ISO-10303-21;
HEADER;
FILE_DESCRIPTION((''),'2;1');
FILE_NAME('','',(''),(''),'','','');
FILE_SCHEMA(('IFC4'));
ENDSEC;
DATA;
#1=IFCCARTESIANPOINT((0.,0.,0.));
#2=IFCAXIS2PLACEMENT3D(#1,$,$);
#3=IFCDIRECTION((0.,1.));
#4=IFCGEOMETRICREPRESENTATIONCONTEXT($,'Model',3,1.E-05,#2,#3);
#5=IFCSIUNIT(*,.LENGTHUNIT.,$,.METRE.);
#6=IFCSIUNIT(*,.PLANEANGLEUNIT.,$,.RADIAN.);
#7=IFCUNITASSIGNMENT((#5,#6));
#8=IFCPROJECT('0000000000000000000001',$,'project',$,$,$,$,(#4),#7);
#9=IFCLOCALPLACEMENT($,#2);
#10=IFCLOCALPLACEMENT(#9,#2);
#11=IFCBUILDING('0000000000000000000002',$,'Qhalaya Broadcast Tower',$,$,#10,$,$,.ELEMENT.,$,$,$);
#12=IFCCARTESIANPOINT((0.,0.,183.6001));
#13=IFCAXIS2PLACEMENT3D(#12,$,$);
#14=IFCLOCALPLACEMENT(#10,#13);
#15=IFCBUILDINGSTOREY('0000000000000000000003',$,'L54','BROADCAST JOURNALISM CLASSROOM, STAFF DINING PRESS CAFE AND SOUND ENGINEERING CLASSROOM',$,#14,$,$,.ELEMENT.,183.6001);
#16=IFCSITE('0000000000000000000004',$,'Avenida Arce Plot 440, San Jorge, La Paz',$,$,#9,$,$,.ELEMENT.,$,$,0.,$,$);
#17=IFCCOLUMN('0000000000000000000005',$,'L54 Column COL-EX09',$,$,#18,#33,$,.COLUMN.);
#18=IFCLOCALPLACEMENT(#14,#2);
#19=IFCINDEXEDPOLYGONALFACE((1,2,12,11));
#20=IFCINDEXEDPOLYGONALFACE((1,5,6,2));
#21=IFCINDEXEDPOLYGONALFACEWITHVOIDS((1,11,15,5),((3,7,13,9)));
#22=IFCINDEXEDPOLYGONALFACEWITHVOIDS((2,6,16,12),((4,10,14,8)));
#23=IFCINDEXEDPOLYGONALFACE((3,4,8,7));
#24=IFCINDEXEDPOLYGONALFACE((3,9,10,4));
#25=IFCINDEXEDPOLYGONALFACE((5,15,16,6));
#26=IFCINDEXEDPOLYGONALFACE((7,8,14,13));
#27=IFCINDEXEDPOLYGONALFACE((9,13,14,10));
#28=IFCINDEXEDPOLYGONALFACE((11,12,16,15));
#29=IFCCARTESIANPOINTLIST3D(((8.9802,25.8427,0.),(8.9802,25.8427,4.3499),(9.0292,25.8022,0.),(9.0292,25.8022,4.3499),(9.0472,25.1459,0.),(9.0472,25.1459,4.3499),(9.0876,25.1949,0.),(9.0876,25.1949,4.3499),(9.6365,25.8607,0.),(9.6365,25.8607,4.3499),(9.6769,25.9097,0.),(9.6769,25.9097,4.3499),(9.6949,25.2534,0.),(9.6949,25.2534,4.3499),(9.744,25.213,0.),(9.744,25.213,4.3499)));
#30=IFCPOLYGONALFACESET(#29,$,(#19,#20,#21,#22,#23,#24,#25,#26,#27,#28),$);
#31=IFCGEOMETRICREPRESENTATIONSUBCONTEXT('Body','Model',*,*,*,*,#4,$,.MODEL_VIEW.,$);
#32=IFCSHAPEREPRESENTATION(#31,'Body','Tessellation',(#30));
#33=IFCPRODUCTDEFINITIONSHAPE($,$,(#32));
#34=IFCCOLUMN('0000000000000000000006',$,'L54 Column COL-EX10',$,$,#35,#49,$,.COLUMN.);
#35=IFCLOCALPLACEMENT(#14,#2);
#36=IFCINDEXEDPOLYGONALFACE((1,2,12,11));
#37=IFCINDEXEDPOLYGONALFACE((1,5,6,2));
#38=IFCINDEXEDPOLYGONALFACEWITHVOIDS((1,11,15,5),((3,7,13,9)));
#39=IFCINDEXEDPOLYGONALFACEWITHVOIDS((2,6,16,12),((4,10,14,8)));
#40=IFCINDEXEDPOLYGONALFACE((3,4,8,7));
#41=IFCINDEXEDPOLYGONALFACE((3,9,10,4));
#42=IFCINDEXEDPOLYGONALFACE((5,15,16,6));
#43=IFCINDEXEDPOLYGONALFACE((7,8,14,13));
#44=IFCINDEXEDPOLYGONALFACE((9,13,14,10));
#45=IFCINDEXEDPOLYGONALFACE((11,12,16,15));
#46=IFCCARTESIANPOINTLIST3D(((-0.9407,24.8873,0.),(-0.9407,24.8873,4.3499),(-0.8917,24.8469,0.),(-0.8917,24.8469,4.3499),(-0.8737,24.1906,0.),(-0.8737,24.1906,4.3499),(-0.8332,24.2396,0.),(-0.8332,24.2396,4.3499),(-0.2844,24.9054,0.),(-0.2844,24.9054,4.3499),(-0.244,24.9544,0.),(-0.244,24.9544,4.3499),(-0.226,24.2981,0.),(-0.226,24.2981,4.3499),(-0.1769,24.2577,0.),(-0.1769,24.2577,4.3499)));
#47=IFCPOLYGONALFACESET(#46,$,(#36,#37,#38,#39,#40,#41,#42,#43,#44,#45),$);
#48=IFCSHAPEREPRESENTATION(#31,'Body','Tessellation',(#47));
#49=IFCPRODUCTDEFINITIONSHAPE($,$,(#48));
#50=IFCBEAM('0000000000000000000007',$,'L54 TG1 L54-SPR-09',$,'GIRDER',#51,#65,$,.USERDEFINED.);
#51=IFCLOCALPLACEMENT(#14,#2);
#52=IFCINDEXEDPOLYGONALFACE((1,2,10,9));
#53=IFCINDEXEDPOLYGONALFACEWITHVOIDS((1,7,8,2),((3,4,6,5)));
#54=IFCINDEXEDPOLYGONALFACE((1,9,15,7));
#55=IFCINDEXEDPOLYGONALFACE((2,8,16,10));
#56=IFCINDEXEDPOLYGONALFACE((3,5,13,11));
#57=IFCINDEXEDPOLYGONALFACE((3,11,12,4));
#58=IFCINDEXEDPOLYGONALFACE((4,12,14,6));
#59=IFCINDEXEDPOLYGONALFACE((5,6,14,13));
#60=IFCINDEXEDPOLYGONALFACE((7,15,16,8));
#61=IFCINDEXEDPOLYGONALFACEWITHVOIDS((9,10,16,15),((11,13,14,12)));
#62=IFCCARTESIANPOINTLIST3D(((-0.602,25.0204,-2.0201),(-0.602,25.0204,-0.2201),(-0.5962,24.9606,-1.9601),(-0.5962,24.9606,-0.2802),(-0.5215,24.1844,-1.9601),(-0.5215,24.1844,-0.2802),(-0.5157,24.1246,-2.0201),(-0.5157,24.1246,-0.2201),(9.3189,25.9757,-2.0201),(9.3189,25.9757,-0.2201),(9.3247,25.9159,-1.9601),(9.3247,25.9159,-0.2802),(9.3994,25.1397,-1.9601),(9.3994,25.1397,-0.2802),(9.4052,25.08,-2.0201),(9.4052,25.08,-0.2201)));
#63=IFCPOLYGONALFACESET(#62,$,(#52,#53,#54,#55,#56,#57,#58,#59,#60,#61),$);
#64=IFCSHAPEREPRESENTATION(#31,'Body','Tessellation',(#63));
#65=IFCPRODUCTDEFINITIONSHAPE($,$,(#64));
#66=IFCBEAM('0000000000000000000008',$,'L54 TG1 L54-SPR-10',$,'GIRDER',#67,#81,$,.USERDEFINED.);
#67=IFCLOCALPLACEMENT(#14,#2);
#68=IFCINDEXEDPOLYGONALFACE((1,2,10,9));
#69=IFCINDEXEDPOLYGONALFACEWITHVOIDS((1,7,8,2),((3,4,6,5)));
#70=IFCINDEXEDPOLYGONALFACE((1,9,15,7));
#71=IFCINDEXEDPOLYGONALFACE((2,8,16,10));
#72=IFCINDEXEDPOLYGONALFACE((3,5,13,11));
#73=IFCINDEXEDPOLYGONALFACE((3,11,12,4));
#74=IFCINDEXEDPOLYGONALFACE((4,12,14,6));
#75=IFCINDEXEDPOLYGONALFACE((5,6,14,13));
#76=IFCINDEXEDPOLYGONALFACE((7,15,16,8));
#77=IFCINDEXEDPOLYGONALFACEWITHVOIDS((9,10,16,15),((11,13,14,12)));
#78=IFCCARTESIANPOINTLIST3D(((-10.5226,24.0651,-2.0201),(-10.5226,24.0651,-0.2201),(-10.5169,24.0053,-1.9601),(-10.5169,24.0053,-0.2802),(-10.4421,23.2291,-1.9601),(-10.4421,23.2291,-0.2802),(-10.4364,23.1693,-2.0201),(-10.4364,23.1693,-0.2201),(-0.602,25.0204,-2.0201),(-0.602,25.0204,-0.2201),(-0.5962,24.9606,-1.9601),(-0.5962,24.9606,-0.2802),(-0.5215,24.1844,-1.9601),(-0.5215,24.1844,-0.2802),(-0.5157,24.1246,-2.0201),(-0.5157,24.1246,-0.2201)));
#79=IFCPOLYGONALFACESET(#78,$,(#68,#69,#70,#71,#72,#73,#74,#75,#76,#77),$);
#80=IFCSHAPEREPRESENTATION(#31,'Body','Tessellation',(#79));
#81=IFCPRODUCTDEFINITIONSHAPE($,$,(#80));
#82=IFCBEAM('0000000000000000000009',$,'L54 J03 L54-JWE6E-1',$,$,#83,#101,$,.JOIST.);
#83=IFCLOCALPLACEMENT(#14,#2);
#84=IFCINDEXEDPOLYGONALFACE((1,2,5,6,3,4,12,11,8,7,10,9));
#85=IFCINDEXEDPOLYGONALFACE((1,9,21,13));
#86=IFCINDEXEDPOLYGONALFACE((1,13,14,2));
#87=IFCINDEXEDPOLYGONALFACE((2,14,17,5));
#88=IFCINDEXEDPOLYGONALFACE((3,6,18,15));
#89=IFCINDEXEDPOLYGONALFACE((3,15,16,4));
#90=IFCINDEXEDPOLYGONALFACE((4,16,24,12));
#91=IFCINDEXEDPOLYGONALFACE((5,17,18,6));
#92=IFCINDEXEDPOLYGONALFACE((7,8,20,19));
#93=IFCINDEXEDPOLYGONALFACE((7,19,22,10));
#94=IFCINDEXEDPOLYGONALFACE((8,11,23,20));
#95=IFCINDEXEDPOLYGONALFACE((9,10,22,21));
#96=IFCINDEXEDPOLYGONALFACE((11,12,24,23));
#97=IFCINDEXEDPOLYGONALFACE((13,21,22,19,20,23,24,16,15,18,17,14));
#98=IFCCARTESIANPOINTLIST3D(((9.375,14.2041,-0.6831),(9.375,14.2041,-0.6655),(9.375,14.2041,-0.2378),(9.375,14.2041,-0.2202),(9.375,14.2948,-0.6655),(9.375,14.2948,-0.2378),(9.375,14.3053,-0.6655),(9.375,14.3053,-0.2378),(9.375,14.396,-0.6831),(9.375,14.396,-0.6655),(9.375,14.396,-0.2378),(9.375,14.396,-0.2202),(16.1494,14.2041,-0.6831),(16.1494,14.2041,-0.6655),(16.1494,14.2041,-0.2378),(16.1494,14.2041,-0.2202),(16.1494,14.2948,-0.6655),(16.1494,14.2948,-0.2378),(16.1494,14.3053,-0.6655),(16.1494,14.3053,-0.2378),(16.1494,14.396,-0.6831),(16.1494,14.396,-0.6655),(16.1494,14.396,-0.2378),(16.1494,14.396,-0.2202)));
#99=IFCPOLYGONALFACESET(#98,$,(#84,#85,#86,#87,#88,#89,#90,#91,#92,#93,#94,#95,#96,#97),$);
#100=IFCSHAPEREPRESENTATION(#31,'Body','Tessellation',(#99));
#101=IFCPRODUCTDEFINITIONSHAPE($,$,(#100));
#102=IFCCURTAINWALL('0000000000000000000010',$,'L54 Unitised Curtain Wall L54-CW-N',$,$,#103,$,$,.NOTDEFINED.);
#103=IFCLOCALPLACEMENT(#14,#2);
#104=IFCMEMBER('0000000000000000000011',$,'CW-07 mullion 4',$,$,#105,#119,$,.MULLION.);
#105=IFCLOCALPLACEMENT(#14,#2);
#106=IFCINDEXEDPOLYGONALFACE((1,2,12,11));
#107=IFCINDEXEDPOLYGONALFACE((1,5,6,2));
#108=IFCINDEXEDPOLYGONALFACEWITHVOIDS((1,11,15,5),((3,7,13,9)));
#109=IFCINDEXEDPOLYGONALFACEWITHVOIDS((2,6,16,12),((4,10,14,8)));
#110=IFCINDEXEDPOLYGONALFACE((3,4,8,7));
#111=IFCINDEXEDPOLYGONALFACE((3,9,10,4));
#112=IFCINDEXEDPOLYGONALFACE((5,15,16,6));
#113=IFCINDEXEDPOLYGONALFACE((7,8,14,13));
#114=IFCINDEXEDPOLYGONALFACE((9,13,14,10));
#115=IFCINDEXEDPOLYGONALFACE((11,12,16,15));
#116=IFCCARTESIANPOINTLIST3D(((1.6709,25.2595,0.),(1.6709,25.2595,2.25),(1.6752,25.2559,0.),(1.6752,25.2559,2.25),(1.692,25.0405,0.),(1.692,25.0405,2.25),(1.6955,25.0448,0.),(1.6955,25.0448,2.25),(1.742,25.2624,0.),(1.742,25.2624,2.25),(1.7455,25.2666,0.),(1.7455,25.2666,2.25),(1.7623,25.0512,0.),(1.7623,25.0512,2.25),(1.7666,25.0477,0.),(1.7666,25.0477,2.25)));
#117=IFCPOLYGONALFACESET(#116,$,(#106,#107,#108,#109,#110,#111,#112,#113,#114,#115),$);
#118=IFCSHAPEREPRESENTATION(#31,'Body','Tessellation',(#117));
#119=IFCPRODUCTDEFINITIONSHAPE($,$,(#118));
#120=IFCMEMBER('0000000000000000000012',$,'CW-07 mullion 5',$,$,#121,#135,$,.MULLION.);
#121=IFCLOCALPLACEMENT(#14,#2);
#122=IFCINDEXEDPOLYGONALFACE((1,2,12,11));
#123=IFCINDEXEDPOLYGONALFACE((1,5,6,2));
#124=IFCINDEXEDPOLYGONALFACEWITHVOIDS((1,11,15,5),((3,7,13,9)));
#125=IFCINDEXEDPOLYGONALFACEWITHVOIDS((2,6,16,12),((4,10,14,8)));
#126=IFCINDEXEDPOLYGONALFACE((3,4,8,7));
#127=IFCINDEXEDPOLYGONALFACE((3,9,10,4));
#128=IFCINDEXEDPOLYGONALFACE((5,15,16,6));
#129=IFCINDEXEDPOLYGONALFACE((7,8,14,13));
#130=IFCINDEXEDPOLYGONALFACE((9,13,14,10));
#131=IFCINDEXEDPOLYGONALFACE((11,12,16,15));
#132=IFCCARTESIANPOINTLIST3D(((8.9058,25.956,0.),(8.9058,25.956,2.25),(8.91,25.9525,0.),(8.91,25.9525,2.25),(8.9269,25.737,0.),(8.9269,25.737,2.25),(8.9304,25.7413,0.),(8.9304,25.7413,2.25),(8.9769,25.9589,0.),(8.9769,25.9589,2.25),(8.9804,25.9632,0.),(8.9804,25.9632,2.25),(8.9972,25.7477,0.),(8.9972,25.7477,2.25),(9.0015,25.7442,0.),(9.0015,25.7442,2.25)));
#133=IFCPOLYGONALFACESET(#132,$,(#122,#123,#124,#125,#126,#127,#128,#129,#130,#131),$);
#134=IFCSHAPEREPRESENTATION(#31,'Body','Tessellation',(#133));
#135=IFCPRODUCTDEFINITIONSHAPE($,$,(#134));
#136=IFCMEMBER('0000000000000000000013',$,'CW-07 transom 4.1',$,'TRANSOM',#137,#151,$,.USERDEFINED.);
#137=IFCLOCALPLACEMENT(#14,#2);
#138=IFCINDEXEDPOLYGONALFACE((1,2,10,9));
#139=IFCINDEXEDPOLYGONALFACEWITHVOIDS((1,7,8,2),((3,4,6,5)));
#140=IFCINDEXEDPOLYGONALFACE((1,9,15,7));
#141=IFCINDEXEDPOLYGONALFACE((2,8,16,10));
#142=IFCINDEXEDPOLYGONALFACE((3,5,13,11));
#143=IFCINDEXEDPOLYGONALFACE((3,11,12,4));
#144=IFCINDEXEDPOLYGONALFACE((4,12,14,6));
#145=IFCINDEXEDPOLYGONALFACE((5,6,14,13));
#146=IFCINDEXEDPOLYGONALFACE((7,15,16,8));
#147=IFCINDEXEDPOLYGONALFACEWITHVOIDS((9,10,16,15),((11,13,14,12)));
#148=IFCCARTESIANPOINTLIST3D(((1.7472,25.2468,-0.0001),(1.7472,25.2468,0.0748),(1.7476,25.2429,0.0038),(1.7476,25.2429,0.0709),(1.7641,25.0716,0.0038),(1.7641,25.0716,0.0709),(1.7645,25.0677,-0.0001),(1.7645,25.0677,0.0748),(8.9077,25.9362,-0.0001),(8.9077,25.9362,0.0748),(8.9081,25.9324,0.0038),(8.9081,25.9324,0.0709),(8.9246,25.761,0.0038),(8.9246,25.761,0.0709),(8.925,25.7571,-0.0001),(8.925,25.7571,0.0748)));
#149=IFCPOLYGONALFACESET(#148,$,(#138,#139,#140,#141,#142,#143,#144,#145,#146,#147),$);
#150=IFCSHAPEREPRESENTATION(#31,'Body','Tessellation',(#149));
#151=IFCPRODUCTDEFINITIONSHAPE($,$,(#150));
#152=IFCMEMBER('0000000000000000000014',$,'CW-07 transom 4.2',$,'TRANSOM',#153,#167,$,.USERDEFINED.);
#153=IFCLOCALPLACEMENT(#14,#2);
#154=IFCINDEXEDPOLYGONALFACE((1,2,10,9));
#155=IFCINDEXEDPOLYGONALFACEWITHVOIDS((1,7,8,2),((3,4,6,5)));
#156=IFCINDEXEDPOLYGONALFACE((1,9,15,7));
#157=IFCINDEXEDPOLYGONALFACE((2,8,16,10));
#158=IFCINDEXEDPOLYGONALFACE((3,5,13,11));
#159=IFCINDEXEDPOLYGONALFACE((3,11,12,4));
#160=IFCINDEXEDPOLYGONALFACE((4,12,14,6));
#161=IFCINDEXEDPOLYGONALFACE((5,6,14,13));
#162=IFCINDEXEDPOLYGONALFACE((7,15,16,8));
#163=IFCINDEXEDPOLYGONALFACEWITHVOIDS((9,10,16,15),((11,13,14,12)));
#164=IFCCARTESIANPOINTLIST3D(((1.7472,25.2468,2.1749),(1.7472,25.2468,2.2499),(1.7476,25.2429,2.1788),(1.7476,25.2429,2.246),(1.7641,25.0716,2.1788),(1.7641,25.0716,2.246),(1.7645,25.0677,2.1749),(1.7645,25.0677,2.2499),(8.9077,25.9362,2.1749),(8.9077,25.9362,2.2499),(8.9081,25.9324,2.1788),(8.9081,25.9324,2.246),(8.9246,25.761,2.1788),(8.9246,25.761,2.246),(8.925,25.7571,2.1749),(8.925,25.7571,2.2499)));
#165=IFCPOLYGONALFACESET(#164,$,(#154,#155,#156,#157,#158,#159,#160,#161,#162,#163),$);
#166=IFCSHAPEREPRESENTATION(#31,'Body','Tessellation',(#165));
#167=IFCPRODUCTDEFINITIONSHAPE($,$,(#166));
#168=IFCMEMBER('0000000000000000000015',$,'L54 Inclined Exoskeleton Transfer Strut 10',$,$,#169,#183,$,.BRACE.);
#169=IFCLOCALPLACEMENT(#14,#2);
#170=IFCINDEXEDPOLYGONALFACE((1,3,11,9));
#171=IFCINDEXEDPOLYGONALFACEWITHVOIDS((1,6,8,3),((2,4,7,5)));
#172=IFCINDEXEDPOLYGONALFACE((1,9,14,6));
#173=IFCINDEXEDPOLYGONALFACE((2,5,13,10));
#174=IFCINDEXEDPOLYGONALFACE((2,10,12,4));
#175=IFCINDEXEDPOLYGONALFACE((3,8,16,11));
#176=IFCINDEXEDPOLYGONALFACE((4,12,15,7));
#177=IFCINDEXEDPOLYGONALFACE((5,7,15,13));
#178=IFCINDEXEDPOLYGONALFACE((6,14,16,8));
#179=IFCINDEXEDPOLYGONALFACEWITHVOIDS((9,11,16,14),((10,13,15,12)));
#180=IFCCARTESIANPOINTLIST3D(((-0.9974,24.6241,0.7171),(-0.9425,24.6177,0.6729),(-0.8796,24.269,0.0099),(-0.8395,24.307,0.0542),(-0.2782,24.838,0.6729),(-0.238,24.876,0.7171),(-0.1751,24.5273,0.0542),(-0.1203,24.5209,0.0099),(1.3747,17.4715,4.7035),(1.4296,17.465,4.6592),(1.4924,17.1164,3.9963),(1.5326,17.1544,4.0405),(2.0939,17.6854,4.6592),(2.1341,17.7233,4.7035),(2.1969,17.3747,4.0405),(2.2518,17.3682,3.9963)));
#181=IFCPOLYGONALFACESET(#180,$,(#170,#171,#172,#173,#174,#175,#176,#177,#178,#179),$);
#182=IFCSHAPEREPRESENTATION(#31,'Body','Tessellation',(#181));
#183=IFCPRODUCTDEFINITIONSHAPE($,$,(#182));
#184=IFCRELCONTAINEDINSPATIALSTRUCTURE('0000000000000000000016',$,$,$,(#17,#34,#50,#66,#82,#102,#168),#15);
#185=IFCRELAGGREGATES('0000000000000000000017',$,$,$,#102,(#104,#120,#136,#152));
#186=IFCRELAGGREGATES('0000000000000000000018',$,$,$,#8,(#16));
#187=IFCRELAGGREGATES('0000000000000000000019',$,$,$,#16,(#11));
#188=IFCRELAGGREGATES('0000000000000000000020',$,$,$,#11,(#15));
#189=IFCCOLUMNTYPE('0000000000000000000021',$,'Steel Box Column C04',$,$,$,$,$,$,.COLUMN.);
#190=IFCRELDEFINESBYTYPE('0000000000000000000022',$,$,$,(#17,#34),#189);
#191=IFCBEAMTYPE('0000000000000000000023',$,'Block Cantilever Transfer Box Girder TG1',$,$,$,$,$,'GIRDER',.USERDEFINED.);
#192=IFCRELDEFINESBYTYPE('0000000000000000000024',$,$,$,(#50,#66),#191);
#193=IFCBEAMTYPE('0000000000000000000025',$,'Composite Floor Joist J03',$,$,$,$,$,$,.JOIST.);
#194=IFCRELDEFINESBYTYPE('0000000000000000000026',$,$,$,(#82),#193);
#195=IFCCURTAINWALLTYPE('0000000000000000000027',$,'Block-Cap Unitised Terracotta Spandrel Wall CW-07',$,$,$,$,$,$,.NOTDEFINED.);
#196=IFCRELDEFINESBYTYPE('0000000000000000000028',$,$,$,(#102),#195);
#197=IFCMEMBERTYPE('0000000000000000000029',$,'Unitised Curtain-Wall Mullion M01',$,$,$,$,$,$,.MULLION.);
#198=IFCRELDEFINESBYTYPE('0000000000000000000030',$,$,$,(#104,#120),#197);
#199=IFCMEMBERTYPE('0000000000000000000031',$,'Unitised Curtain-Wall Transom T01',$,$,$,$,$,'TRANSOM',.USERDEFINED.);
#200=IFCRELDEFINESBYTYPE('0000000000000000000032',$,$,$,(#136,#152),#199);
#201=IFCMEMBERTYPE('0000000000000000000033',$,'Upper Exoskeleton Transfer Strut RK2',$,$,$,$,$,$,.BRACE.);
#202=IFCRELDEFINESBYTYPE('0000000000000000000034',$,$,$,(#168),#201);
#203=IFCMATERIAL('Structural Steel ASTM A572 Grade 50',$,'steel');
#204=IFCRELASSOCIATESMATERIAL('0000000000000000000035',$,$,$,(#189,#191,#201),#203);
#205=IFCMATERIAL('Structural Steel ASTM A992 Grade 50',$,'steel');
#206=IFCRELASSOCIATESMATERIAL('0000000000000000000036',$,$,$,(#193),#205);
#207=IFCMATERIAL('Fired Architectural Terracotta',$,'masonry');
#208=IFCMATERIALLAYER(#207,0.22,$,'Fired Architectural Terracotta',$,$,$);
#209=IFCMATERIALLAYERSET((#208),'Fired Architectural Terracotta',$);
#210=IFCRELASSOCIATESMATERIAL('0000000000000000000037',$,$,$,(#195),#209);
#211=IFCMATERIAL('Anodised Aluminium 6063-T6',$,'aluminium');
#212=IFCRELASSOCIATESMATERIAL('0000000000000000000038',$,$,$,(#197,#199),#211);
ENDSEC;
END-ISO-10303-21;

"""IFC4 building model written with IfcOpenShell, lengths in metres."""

from ifc_helpers import new_model, si_unit, direction, frame, origin, origin_2d, place, context, subcontext, project, spatial, hollow_rectangle, i_section, extrude, material, layer, layer_set, material_profile, profile_set, type_object, element, aggregate, save


model = new_model("IFC4")

# Units and contexts
model_context = context("Model", 3, precision=1e-05, world=origin(), true_north=direction((0.0, 1.0)))
body_context = subcontext(model_context, "Body", "Model", "MODEL_VIEW")
ifc_project = project(units=[si_unit("LENGTHUNIT", "METRE"), si_unit("PLANEANGLEUNIT", "RADIAN")], contexts=[model_context])

# Site, building, storey
site_placement = place(None, origin())
site = spatial("IfcSite", under=ifc_project, at=site_placement, Name="Avenida Arce Plot 440, San Jorge, La Paz", CompositionType="ELEMENT", RefElevation=0.0)
building_placement = place(site_placement, origin())
building = spatial("IfcBuilding", under=site, at=building_placement, Name="Qhalaya Broadcast Tower", CompositionType="ELEMENT")
storey_placement = place(building_placement, frame((0.0, 0.0, 183.6001)))
storey = spatial("IfcBuildingStorey", under=building, at=storey_placement, Name="L54", Description="BROADCAST JOURNALISM CLASSROOM, STAFF DINING PRESS CAFE AND SOUND ENGINEERING CLASSROOM", CompositionType="ELEMENT", Elevation=183.6001)

# Columns
ifc_material_1 = material(Name="Structural Steel ASTM A572 Grade 50", Category="steel")
ifc_material_profile_1 = material_profile(ifc_material_1, hollow_rectangle(XDim=0.7, YDim=0.7, WallThickness=0.0449, at=origin_2d()), Name="BOX 700x700x45")
ifc_profile_set_1 = profile_set([ifc_material_profile_1], Name="Structural Steel ASTM A572 Grade 50")
column_type = type_object("IfcColumnType", Name="Steel Box Column C04", PredefinedType="COLUMN", material=ifc_profile_set_1)
for number, where, z_axis, x_axis, name in (
    (1, (9.3621, 25.5278, 0.0), (0.0, 0.0, 1.0), (0.995396, 0.095846, 0.0), "L54 Column COL-EX09"),
    (2, (-0.5588, 24.5725, 0.0), (0.0, 0.0, 1.0), (0.995396, 0.095846, 0.0), "L54 Column COL-EX10"),
):
    element("IfcColumn", number, at=place(storey_placement, frame(where, z_axis=z_axis, x_axis=x_axis)), inside=storey, type_object=column_type, Name=name, PredefinedType="COLUMN", context=body_context, shape_type="SweptSolid", body=[
        extrude(hollow_rectangle(XDim=0.7, YDim=0.7, WallThickness=0.0449, at=origin_2d()), origin(), (0.0, 0.0, 1.0), 4.3499),
    ])

# Beams
ifc_material_profile_2 = material_profile(ifc_material_1, hollow_rectangle(XDim=0.8999, YDim=1.8, WallThickness=0.0601, at=origin_2d()), Name="BOX 900x1800x60")
ifc_profile_set_2 = profile_set([ifc_material_profile_2], Name="Structural Steel ASTM A572 Grade 50")
beam_type_1 = type_object("IfcBeamType", Name="Block Cantilever Transfer Box Girder TG1", ElementType="GIRDER", PredefinedType="USERDEFINED", material=ifc_profile_set_2)
beam_1_placement = place(storey_placement, frame((9.3621, 25.5278, -1.1201), z_axis=(-0.995396, -0.095851, 0.0), x_axis=(0.095851, -0.995396, 0.0)))
element("IfcBeam", 3, at=beam_1_placement, inside=storey, type_object=beam_type_1, Name="L54 TG1 L54-SPR-09", ObjectType="GIRDER", PredefinedType="USERDEFINED", context=body_context, shape_type="SweptSolid", body=[
    extrude(hollow_rectangle(XDim=0.8999, YDim=1.8, WallThickness=0.0601, at=origin_2d()), origin(), (0.0, 0.0, 1.0), 9.9668),
])
beam_2_placement = place(storey_placement, frame((-0.5588, 24.5725, -1.1201), z_axis=(-0.995396, -0.095853, 0.0), x_axis=(0.095853, -0.995396, 0.0)))
element("IfcBeam", 4, at=beam_2_placement, inside=storey, type_object=beam_type_1, Name="L54 TG1 L54-SPR-10", ObjectType="GIRDER", PredefinedType="USERDEFINED", context=body_context, shape_type="SweptSolid", body=[
    extrude(hollow_rectangle(XDim=0.8999, YDim=1.8, WallThickness=0.0601, at=origin_2d()), origin(), (0.0, 0.0, 1.0), 9.9666),
])
ifc_material_2 = material(Name="Structural Steel ASTM A992 Grade 50", Category="steel")
ifc_material_profile_3 = material_profile(ifc_material_2, i_section(OverallWidth=0.1919, OverallDepth=0.4629, WebThickness=0.0105, FlangeThickness=0.0176, at=origin_2d()), Name="W18X60")
ifc_profile_set_3 = profile_set([ifc_material_profile_3], Name="Structural Steel ASTM A992 Grade 50")
beam_type_2 = type_object("IfcBeamType", Name="Composite Floor Joist J03", PredefinedType="JOIST", material=ifc_profile_set_3)
beam_3_placement = place(storey_placement, frame((9.375, 14.3, -0.4517), z_axis=(1.0, 0.0, 0.0), x_axis=(0.0, 1.0, 0.0)))
element("IfcBeam", 5, at=beam_3_placement, inside=storey, type_object=beam_type_2, Name="L54 J03 L54-JWE6E-1", PredefinedType="JOIST", context=body_context, shape_type="SweptSolid", body=[
    extrude(i_section(OverallWidth=0.1919, OverallDepth=0.4629, WebThickness=0.0105, FlangeThickness=0.0176, at=origin_2d()), origin(), (0.0, 0.0, 1.0), 6.7744),
])

# Curtain wall, members
ifc_material_3 = material(Name="Fired Architectural Terracotta", Category="masonry")
ifc_layer_1 = layer(ifc_material_3, 0.22, Name="Fired Architectural Terracotta")
ifc_layer_set_1 = layer_set([ifc_layer_1], Name="Fired Architectural Terracotta")
curtain_wall_type = type_object("IfcCurtainWallType", Name="Block-Cap Unitised Terracotta Spandrel Wall CW-07", PredefinedType="NOTDEFINED", material=ifc_layer_set_1)
curtain_wall_placement = place(storey_placement, origin())
curtain_wall = element("IfcCurtainWall", 6, at=curtain_wall_placement, inside=storey, type_object=curtain_wall_type, Name="L54 Unitised Curtain Wall L54-CW-N", PredefinedType="NOTDEFINED")
ifc_material_4 = material(Name="Anodised Aluminium 6063-T6", Category="aluminium")
ifc_material_profile_4 = material_profile(ifc_material_4, hollow_rectangle(XDim=0.075, YDim=0.22, WallThickness=0.0039, at=origin_2d()), Name="ALU-MUL 75x220x4")
ifc_profile_set_4 = profile_set([ifc_material_profile_4], Name="Anodised Aluminium 6063-T6")
member_type_1 = type_object("IfcMemberType", Name="Unitised Curtain-Wall Mullion M01", PredefinedType="MULLION", material=ifc_profile_set_4)
member_1_placement = place(storey_placement, frame((1.7188, 25.1536, 0.0), z_axis=(0.0, 0.0, 1.0), x_axis=(0.995396, 0.095846, 0.0)))
member_1 = element("IfcMember", 7, at=member_1_placement, type_object=member_type_1, Name="CW-07 mullion 4", PredefinedType="MULLION", context=body_context, shape_type="SweptSolid", body=[
    extrude(hollow_rectangle(XDim=0.075, YDim=0.22, WallThickness=0.0039, at=origin_2d()), origin(), (0.0, 0.0, 1.0), 2.25),
])
member_2_placement = place(storey_placement, frame((8.9536, 25.8501, 0.0), z_axis=(0.0, 0.0, 1.0), x_axis=(0.995396, 0.095846, 0.0)))
member_2 = element("IfcMember", 8, at=member_2_placement, type_object=member_type_1, Name="CW-07 mullion 5", PredefinedType="MULLION", context=body_context, shape_type="SweptSolid", body=[
    extrude(hollow_rectangle(XDim=0.075, YDim=0.22, WallThickness=0.0039, at=origin_2d()), origin(), (0.0, 0.0, 1.0), 2.25),
])
ifc_material_profile_5 = material_profile(ifc_material_4, hollow_rectangle(XDim=0.075, YDim=0.1799, WallThickness=0.0039, at=origin_2d()), Name="ALU-TRN 75x180x4")
ifc_profile_set_5 = profile_set([ifc_material_profile_5], Name="Anodised Aluminium 6063-T6")
member_type_2 = type_object("IfcMemberType", Name="Unitised Curtain-Wall Transom T01", ElementType="TRANSOM", PredefinedType="USERDEFINED", material=ifc_profile_set_5)
member_3_placement = place(storey_placement, frame((1.7559, 25.1572, 0.0374), z_axis=(0.995396, 0.095844, 0.0), x_axis=(0.0, 0.0, 1.0)))
member_3 = element("IfcMember", 9, at=member_3_placement, type_object=member_type_2, Name="CW-07 transom 4.1", ObjectType="TRANSOM", PredefinedType="USERDEFINED", context=body_context, shape_type="SweptSolid", body=[
    extrude(hollow_rectangle(XDim=0.075, YDim=0.1799, WallThickness=0.0039, at=origin_2d()), origin(), (0.0, 0.0, 1.0), 7.1936),
])
member_4_placement = place(storey_placement, frame((1.7559, 25.1572, 2.2124), z_axis=(0.995396, 0.095844, 0.0), x_axis=(0.0, 0.0, 1.0)))
member_4 = element("IfcMember", 10, at=member_4_placement, type_object=member_type_2, Name="CW-07 transom 4.2", ObjectType="TRANSOM", PredefinedType="USERDEFINED", context=body_context, shape_type="SweptSolid", body=[
    extrude(hollow_rectangle(XDim=0.075, YDim=0.1799, WallThickness=0.0039, at=origin_2d()), origin(), (0.0, 0.0, 1.0), 7.1936),
])

# Member
ifc_material_profile_6 = material_profile(ifc_material_1, hollow_rectangle(XDim=0.8, YDim=0.8, WallThickness=0.05, at=origin_2d()), Name="BOX 800x800x50")
ifc_profile_set_6 = profile_set([ifc_material_profile_6], Name="Structural Steel ASTM A572 Grade 50")
member_type_3 = type_object("IfcMemberType", Name="Upper Exoskeleton Transfer Strut RK2", PredefinedType="BRACE", material=ifc_profile_set_6)
member_5_placement = place(storey_placement, frame((-0.5588, 24.5725, 0.3635), z_axis=(0.278246, -0.839005, 0.4676), x_axis=(0.949165, 0.314779, 0.0)))
element("IfcMember", 11, at=member_5_placement, inside=storey, type_object=member_type_3, Name="L54 Inclined Exoskeleton Transfer Strut 10", PredefinedType="BRACE", context=body_context, shape_type="SweptSolid", body=[
    extrude(hollow_rectangle(XDim=0.8, YDim=0.8, WallThickness=0.05, at=origin_2d()), origin(), (0.0, 0.0, 1.0), 8.5251),
])

aggregate(curtain_wall, [member_1, member_2, member_3, member_4])

save(model, "model.ifc")
